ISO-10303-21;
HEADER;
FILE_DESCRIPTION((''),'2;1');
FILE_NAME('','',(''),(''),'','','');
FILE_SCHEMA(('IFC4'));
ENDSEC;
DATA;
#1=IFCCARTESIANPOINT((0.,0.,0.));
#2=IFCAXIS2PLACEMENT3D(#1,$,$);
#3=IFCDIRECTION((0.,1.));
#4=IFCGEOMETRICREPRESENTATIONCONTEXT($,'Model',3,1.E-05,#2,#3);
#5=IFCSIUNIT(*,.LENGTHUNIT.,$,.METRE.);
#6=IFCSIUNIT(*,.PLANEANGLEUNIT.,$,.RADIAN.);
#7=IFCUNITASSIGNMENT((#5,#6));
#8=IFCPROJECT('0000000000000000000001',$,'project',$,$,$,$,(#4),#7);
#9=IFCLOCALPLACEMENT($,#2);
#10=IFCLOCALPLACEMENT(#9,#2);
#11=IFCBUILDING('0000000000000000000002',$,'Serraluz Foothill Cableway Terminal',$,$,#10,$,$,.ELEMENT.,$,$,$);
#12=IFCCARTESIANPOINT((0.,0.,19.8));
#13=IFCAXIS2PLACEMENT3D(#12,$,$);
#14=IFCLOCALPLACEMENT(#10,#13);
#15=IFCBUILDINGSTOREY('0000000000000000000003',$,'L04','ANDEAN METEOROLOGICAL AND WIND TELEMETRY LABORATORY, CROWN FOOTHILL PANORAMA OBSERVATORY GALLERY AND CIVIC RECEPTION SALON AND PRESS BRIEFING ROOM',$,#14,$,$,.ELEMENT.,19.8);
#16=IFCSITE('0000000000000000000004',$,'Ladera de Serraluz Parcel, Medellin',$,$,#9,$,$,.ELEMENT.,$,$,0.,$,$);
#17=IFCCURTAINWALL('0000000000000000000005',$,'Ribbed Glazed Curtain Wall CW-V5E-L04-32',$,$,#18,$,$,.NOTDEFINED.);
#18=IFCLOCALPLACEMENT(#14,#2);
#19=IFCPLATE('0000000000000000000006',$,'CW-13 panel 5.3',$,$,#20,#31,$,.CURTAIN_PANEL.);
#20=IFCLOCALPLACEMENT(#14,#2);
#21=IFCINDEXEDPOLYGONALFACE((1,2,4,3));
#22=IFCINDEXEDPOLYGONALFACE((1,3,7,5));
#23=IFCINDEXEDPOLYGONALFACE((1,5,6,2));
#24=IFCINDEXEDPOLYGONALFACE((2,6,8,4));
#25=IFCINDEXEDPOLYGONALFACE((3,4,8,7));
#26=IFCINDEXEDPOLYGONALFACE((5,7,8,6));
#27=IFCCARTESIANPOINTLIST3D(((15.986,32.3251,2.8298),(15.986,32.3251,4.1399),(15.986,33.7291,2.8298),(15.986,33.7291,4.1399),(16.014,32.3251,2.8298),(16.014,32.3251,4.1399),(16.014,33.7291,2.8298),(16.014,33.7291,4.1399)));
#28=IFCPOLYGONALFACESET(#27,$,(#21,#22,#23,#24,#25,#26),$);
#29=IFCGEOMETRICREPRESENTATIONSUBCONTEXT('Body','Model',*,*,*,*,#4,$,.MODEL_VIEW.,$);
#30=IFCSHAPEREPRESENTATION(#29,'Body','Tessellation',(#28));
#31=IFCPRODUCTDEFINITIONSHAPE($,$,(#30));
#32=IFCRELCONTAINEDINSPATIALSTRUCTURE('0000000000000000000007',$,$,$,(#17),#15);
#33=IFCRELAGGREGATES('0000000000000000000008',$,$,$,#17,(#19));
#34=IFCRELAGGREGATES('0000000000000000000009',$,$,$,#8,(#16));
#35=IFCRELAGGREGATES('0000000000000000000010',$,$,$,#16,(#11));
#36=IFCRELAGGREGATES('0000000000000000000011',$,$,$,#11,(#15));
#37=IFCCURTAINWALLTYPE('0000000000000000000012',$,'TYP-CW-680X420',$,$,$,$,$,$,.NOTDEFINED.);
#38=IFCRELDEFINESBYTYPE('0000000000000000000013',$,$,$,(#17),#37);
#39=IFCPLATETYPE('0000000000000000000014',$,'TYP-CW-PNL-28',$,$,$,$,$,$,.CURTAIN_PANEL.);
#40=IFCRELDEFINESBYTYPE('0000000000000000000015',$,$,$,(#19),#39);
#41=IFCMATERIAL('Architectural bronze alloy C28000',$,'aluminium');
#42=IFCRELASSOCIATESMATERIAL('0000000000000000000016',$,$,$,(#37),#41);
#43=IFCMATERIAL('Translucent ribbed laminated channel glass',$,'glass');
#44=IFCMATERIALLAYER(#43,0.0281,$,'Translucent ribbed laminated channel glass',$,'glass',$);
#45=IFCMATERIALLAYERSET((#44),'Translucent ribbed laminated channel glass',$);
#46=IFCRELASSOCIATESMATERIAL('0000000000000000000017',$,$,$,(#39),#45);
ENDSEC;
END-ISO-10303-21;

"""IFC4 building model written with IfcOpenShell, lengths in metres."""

from ifc_helpers import new_model, si_unit, direction, frame, origin, origin_2d, place, context, subcontext, project, spatial, rectangle, extrude, material, layer, layer_set, type_object, element, aggregate, save


model = new_model("IFC4")

# Units and contexts
model_context = context("Model", 3, precision=1e-05, world=origin(), true_north=direction((0.0, 1.0)))
body_context = subcontext(model_context, "Body", "Model", "MODEL_VIEW")
ifc_project = project(units=[si_unit("LENGTHUNIT", "METRE"), si_unit("PLANEANGLEUNIT", "RADIAN")], contexts=[model_context])

# Site, building, storey
site_placement = place(None, origin())
site = spatial("IfcSite", under=ifc_project, at=site_placement, Name="Ladera de Serraluz Parcel, Medellin", CompositionType="ELEMENT", RefElevation=0.0)
building_placement = place(site_placement, origin())
building = spatial("IfcBuilding", under=site, at=building_placement, Name="Serraluz Foothill Cableway Terminal", CompositionType="ELEMENT")
storey_placement = place(building_placement, frame((0.0, 0.0, 19.8)))
storey = spatial("IfcBuildingStorey", under=building, at=storey_placement, Name="L04", Description="ANDEAN METEOROLOGICAL AND WIND TELEMETRY LABORATORY, CROWN FOOTHILL PANORAMA OBSERVATORY GALLERY AND CIVIC RECEPTION SALON AND PRESS BRIEFING ROOM", CompositionType="ELEMENT", Elevation=19.8)

# Curtain wall, plate
ifc_material_1 = material(Name="Architectural bronze alloy C28000", Category="aluminium")
curtain_wall_type = type_object("IfcCurtainWallType", Name="TYP-CW-680X420", PredefinedType="NOTDEFINED", material=ifc_material_1)
curtain_wall_placement = place(storey_placement, origin())
curtain_wall = element("IfcCurtainWall", 1, at=curtain_wall_placement, inside=storey, type_object=curtain_wall_type, Name="Ribbed Glazed Curtain Wall CW-V5E-L04-32", PredefinedType="NOTDEFINED")
ifc_material_2 = material(Name="Translucent ribbed laminated channel glass", Category="glass")
ifc_layer = layer(ifc_material_2, 0.0281, Name="Translucent ribbed laminated channel glass", Category="glass")
ifc_layer_set = layer_set([ifc_layer], Name="Translucent ribbed laminated channel glass")
plate_type = type_object("IfcPlateType", Name="TYP-CW-PNL-28", PredefinedType="CURTAIN_PANEL", material=ifc_layer_set)
plate_1_placement = place(storey_placement, frame((16.0, 33.0271, 2.8298), z_axis=(0.0, 0.0, 1.0), x_axis=(0.0, -1.0, 0.0)))
plate_1 = element("IfcPlate", 2, at=plate_1_placement, type_object=plate_type, Name="CW-13 panel 5.3", PredefinedType="CURTAIN_PANEL", context=body_context, shape_type="SweptSolid", body=[
    extrude(rectangle(XDim=1.4041, YDim=0.0281, at=origin_2d()), origin(), (0.0, 0.0, 1.0), 1.3101),
])
aggregate(curtain_wall, [plate_1])

save(model, "model.ifc")
